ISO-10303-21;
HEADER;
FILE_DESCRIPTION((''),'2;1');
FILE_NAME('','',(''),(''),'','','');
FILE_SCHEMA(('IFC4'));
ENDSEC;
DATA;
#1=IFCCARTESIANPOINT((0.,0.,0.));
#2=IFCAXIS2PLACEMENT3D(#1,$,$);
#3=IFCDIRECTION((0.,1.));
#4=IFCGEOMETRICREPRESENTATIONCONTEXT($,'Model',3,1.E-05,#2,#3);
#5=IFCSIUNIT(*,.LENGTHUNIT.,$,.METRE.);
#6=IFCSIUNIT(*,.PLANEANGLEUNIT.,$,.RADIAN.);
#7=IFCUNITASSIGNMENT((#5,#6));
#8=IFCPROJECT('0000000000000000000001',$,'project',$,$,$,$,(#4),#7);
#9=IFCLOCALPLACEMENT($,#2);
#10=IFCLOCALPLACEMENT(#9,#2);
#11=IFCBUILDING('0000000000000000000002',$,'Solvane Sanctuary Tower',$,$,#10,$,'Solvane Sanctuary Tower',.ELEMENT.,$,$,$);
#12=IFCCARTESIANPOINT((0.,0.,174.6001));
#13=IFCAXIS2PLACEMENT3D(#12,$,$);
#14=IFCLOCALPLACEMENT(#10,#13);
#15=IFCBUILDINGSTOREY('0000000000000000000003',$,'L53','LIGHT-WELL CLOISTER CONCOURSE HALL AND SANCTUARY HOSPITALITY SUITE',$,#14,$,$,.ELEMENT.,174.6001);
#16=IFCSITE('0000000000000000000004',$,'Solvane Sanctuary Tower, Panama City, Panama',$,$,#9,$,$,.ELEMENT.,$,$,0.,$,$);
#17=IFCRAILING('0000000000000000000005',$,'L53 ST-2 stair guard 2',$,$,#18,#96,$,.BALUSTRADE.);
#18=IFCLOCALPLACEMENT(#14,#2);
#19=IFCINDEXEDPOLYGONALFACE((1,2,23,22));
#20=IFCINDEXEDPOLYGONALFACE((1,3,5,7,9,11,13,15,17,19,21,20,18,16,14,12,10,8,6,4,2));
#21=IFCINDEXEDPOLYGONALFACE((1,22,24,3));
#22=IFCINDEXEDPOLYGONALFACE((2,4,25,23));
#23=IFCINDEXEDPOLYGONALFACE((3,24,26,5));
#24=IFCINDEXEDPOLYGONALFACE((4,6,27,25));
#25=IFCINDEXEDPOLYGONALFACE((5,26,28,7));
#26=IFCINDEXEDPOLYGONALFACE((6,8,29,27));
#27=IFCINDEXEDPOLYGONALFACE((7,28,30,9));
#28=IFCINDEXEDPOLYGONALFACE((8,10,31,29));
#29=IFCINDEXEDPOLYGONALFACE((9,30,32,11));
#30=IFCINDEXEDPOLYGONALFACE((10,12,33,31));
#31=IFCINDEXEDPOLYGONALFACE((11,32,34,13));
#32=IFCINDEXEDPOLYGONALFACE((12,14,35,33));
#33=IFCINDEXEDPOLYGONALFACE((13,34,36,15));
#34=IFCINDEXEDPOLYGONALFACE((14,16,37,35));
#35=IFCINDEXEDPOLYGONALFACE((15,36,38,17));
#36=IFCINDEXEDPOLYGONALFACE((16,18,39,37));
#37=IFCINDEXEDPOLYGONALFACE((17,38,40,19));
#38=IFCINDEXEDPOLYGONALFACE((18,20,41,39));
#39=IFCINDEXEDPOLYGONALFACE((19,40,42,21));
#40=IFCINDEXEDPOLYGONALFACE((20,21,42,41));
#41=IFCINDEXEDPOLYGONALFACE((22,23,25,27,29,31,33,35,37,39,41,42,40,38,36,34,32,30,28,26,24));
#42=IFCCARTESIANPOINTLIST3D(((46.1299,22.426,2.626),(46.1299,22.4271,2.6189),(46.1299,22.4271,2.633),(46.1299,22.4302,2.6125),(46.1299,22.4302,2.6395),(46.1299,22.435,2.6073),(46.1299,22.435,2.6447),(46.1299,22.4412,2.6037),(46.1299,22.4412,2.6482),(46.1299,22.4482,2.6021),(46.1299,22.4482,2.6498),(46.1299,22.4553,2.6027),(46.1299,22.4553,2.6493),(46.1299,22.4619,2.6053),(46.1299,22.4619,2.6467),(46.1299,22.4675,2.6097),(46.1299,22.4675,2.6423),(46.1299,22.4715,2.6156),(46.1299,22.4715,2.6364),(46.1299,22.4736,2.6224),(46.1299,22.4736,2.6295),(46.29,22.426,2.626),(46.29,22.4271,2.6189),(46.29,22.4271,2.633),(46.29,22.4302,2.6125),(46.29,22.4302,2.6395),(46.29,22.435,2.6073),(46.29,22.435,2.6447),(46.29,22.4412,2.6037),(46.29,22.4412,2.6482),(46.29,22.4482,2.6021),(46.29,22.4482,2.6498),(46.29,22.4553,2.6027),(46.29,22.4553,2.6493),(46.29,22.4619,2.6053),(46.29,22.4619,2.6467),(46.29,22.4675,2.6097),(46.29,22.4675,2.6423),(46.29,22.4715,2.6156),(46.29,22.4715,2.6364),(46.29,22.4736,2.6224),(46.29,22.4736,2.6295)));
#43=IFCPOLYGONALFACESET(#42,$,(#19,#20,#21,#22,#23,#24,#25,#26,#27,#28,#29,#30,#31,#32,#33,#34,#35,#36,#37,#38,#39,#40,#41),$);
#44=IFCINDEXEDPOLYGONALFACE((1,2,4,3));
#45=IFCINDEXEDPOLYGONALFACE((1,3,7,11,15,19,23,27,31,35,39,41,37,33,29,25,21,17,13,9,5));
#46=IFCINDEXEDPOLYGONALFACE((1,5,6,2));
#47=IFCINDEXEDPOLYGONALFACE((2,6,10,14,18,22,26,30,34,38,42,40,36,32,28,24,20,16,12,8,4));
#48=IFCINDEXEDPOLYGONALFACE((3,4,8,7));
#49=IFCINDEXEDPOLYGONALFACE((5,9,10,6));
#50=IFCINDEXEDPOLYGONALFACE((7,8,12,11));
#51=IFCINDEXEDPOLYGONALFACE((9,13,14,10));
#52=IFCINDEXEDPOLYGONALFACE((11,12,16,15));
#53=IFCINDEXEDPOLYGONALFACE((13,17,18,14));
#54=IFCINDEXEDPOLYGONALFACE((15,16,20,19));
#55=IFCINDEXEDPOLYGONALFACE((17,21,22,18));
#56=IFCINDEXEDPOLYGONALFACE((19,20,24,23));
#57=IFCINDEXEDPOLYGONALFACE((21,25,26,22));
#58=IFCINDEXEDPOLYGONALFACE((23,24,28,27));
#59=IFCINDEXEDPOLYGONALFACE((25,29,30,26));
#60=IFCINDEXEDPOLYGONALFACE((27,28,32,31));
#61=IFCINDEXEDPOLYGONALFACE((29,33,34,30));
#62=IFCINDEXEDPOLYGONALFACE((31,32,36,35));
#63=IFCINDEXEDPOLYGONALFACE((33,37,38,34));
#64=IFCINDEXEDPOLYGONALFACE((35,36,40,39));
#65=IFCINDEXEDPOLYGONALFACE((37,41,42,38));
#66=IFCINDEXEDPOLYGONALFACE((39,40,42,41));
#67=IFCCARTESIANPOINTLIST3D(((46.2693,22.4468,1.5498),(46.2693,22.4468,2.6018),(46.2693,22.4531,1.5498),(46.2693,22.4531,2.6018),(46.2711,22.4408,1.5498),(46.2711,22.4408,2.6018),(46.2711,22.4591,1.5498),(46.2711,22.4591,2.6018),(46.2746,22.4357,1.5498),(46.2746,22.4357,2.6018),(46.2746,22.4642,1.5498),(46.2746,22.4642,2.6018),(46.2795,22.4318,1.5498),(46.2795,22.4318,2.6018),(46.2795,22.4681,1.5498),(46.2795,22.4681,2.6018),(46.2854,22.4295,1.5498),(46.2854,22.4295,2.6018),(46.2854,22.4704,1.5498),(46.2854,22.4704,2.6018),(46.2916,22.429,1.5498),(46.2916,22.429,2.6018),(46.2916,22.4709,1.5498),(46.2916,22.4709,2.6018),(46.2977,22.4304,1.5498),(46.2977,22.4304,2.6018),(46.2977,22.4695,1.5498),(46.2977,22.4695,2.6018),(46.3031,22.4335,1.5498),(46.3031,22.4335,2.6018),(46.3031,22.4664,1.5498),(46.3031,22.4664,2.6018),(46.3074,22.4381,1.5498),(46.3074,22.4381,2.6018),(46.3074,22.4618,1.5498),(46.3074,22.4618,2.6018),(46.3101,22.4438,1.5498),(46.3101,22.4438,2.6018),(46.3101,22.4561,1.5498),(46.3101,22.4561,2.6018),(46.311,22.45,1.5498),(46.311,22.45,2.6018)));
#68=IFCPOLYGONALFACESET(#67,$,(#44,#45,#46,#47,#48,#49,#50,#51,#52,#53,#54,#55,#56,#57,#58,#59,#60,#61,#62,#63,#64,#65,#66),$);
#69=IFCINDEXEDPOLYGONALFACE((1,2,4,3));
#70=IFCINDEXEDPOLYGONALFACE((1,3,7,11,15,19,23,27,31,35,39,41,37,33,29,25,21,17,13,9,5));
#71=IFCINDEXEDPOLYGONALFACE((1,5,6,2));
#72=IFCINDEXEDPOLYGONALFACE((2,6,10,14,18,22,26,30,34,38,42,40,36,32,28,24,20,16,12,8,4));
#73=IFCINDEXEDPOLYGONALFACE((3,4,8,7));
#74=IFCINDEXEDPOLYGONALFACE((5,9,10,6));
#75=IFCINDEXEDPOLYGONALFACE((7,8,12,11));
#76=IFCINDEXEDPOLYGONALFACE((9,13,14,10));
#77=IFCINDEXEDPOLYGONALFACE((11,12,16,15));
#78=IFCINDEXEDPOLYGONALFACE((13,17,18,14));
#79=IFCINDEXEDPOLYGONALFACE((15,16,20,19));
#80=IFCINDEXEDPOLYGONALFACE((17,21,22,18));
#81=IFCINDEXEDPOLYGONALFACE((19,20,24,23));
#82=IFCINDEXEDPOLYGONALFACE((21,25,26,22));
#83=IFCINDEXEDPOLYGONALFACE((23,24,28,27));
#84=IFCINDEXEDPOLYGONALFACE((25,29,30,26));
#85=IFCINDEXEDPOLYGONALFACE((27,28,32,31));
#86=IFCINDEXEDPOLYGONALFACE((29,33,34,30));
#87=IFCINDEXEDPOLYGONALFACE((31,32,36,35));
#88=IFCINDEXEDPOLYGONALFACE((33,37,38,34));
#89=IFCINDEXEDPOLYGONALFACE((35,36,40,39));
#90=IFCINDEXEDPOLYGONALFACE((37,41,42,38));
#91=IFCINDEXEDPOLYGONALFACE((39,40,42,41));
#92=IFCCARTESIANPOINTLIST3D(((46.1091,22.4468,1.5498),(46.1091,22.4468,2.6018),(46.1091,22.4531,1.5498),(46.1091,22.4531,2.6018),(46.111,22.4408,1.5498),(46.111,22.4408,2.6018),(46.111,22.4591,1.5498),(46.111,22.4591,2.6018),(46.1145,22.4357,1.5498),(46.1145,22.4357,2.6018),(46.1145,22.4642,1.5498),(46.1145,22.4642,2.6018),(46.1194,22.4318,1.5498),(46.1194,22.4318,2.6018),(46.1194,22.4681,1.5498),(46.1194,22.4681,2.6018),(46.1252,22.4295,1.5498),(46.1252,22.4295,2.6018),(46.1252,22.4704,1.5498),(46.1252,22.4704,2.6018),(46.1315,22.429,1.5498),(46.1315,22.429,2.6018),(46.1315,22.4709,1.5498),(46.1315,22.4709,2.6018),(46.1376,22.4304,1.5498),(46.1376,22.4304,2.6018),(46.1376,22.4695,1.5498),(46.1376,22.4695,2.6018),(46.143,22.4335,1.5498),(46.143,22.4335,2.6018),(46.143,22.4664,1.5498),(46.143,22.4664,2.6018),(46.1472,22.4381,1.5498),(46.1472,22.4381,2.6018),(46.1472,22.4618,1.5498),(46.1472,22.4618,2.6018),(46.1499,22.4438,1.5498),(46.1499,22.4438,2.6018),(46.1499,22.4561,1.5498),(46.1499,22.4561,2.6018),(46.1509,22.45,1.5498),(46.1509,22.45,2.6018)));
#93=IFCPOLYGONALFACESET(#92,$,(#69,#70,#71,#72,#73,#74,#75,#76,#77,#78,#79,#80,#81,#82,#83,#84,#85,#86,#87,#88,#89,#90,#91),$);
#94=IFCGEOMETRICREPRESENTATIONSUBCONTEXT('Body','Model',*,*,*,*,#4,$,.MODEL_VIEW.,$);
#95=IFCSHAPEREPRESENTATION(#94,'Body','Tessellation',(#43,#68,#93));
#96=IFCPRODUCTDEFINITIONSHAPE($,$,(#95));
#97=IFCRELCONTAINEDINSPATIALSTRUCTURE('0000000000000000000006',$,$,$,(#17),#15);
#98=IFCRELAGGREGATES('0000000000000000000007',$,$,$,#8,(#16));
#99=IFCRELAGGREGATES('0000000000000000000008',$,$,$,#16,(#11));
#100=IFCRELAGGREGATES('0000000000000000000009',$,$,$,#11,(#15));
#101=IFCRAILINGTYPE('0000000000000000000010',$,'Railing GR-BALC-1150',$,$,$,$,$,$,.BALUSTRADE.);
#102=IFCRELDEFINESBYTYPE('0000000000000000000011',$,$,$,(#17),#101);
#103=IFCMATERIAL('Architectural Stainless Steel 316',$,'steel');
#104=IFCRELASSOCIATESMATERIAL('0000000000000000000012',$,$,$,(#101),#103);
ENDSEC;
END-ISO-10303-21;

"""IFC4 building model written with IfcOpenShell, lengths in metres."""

from ifc_helpers import new_model, si_unit, direction, frame, origin, origin_2d, place, context, subcontext, project, spatial, circle, extrude, material, type_object, element, save


model = new_model("IFC4")

# Units and contexts
model_context = context("Model", 3, precision=1e-05, world=origin(), true_north=direction((0.0, 1.0)))
body_context = subcontext(model_context, "Body", "Model", "MODEL_VIEW")
ifc_project = project(units=[si_unit("LENGTHUNIT", "METRE"), si_unit("PLANEANGLEUNIT", "RADIAN")], contexts=[model_context])

# Site, building, storey
site_placement = place(None, origin())
site = spatial("IfcSite", under=ifc_project, at=site_placement, Name="Solvane Sanctuary Tower, Panama City, Panama", CompositionType="ELEMENT", RefElevation=0.0)
building_placement = place(site_placement, origin())
building = spatial("IfcBuilding", under=site, at=building_placement, Name="Solvane Sanctuary Tower", LongName="Solvane Sanctuary Tower", CompositionType="ELEMENT")
storey_placement = place(building_placement, frame((0.0, 0.0, 174.6001)))
storey = spatial("IfcBuildingStorey", under=building, at=storey_placement, Name="L53", Description="LIGHT-WELL CLOISTER CONCOURSE HALL AND SANCTUARY HOSPITALITY SUITE", CompositionType="ELEMENT", Elevation=174.6001)

# Shared definitions
ifc_material_1 = material(Name="Architectural Stainless Steel 316", Category="steel")

# Railing
railing_type_1 = type_object("IfcRailingType", Name="Railing GR-BALC-1150", PredefinedType="BALUSTRADE", material=ifc_material_1)
railing_1_placement = place(storey_placement, frame((46.29, 22.45, 1.5498)))
element("IfcRailing", 1, at=railing_1_placement, inside=storey, type_object=railing_type_1, Name="L53 ST-2 stair guard 2", PredefinedType="BALUSTRADE", context=body_context, shape_type="SweptSolid", body=[
    extrude(circle(Radius=0.0239, at=origin_2d()), frame((0.0, 0.0, 1.0762), z_axis=(-1.0, 0.0, 0.0), x_axis=(0.0, -1.0, 0.0)), (0.0, 0.0, 1.0), 0.1602),
    extrude(circle(Radius=0.021, at=origin_2d()), origin(), (0.0, 0.0, 1.0), 1.052),
    extrude(circle(Radius=0.021, at=origin_2d()), frame((-0.1602, 0.0, 0.0)), (0.0, 0.0, 1.0), 1.052),
])

save(model, "model.ifc")
